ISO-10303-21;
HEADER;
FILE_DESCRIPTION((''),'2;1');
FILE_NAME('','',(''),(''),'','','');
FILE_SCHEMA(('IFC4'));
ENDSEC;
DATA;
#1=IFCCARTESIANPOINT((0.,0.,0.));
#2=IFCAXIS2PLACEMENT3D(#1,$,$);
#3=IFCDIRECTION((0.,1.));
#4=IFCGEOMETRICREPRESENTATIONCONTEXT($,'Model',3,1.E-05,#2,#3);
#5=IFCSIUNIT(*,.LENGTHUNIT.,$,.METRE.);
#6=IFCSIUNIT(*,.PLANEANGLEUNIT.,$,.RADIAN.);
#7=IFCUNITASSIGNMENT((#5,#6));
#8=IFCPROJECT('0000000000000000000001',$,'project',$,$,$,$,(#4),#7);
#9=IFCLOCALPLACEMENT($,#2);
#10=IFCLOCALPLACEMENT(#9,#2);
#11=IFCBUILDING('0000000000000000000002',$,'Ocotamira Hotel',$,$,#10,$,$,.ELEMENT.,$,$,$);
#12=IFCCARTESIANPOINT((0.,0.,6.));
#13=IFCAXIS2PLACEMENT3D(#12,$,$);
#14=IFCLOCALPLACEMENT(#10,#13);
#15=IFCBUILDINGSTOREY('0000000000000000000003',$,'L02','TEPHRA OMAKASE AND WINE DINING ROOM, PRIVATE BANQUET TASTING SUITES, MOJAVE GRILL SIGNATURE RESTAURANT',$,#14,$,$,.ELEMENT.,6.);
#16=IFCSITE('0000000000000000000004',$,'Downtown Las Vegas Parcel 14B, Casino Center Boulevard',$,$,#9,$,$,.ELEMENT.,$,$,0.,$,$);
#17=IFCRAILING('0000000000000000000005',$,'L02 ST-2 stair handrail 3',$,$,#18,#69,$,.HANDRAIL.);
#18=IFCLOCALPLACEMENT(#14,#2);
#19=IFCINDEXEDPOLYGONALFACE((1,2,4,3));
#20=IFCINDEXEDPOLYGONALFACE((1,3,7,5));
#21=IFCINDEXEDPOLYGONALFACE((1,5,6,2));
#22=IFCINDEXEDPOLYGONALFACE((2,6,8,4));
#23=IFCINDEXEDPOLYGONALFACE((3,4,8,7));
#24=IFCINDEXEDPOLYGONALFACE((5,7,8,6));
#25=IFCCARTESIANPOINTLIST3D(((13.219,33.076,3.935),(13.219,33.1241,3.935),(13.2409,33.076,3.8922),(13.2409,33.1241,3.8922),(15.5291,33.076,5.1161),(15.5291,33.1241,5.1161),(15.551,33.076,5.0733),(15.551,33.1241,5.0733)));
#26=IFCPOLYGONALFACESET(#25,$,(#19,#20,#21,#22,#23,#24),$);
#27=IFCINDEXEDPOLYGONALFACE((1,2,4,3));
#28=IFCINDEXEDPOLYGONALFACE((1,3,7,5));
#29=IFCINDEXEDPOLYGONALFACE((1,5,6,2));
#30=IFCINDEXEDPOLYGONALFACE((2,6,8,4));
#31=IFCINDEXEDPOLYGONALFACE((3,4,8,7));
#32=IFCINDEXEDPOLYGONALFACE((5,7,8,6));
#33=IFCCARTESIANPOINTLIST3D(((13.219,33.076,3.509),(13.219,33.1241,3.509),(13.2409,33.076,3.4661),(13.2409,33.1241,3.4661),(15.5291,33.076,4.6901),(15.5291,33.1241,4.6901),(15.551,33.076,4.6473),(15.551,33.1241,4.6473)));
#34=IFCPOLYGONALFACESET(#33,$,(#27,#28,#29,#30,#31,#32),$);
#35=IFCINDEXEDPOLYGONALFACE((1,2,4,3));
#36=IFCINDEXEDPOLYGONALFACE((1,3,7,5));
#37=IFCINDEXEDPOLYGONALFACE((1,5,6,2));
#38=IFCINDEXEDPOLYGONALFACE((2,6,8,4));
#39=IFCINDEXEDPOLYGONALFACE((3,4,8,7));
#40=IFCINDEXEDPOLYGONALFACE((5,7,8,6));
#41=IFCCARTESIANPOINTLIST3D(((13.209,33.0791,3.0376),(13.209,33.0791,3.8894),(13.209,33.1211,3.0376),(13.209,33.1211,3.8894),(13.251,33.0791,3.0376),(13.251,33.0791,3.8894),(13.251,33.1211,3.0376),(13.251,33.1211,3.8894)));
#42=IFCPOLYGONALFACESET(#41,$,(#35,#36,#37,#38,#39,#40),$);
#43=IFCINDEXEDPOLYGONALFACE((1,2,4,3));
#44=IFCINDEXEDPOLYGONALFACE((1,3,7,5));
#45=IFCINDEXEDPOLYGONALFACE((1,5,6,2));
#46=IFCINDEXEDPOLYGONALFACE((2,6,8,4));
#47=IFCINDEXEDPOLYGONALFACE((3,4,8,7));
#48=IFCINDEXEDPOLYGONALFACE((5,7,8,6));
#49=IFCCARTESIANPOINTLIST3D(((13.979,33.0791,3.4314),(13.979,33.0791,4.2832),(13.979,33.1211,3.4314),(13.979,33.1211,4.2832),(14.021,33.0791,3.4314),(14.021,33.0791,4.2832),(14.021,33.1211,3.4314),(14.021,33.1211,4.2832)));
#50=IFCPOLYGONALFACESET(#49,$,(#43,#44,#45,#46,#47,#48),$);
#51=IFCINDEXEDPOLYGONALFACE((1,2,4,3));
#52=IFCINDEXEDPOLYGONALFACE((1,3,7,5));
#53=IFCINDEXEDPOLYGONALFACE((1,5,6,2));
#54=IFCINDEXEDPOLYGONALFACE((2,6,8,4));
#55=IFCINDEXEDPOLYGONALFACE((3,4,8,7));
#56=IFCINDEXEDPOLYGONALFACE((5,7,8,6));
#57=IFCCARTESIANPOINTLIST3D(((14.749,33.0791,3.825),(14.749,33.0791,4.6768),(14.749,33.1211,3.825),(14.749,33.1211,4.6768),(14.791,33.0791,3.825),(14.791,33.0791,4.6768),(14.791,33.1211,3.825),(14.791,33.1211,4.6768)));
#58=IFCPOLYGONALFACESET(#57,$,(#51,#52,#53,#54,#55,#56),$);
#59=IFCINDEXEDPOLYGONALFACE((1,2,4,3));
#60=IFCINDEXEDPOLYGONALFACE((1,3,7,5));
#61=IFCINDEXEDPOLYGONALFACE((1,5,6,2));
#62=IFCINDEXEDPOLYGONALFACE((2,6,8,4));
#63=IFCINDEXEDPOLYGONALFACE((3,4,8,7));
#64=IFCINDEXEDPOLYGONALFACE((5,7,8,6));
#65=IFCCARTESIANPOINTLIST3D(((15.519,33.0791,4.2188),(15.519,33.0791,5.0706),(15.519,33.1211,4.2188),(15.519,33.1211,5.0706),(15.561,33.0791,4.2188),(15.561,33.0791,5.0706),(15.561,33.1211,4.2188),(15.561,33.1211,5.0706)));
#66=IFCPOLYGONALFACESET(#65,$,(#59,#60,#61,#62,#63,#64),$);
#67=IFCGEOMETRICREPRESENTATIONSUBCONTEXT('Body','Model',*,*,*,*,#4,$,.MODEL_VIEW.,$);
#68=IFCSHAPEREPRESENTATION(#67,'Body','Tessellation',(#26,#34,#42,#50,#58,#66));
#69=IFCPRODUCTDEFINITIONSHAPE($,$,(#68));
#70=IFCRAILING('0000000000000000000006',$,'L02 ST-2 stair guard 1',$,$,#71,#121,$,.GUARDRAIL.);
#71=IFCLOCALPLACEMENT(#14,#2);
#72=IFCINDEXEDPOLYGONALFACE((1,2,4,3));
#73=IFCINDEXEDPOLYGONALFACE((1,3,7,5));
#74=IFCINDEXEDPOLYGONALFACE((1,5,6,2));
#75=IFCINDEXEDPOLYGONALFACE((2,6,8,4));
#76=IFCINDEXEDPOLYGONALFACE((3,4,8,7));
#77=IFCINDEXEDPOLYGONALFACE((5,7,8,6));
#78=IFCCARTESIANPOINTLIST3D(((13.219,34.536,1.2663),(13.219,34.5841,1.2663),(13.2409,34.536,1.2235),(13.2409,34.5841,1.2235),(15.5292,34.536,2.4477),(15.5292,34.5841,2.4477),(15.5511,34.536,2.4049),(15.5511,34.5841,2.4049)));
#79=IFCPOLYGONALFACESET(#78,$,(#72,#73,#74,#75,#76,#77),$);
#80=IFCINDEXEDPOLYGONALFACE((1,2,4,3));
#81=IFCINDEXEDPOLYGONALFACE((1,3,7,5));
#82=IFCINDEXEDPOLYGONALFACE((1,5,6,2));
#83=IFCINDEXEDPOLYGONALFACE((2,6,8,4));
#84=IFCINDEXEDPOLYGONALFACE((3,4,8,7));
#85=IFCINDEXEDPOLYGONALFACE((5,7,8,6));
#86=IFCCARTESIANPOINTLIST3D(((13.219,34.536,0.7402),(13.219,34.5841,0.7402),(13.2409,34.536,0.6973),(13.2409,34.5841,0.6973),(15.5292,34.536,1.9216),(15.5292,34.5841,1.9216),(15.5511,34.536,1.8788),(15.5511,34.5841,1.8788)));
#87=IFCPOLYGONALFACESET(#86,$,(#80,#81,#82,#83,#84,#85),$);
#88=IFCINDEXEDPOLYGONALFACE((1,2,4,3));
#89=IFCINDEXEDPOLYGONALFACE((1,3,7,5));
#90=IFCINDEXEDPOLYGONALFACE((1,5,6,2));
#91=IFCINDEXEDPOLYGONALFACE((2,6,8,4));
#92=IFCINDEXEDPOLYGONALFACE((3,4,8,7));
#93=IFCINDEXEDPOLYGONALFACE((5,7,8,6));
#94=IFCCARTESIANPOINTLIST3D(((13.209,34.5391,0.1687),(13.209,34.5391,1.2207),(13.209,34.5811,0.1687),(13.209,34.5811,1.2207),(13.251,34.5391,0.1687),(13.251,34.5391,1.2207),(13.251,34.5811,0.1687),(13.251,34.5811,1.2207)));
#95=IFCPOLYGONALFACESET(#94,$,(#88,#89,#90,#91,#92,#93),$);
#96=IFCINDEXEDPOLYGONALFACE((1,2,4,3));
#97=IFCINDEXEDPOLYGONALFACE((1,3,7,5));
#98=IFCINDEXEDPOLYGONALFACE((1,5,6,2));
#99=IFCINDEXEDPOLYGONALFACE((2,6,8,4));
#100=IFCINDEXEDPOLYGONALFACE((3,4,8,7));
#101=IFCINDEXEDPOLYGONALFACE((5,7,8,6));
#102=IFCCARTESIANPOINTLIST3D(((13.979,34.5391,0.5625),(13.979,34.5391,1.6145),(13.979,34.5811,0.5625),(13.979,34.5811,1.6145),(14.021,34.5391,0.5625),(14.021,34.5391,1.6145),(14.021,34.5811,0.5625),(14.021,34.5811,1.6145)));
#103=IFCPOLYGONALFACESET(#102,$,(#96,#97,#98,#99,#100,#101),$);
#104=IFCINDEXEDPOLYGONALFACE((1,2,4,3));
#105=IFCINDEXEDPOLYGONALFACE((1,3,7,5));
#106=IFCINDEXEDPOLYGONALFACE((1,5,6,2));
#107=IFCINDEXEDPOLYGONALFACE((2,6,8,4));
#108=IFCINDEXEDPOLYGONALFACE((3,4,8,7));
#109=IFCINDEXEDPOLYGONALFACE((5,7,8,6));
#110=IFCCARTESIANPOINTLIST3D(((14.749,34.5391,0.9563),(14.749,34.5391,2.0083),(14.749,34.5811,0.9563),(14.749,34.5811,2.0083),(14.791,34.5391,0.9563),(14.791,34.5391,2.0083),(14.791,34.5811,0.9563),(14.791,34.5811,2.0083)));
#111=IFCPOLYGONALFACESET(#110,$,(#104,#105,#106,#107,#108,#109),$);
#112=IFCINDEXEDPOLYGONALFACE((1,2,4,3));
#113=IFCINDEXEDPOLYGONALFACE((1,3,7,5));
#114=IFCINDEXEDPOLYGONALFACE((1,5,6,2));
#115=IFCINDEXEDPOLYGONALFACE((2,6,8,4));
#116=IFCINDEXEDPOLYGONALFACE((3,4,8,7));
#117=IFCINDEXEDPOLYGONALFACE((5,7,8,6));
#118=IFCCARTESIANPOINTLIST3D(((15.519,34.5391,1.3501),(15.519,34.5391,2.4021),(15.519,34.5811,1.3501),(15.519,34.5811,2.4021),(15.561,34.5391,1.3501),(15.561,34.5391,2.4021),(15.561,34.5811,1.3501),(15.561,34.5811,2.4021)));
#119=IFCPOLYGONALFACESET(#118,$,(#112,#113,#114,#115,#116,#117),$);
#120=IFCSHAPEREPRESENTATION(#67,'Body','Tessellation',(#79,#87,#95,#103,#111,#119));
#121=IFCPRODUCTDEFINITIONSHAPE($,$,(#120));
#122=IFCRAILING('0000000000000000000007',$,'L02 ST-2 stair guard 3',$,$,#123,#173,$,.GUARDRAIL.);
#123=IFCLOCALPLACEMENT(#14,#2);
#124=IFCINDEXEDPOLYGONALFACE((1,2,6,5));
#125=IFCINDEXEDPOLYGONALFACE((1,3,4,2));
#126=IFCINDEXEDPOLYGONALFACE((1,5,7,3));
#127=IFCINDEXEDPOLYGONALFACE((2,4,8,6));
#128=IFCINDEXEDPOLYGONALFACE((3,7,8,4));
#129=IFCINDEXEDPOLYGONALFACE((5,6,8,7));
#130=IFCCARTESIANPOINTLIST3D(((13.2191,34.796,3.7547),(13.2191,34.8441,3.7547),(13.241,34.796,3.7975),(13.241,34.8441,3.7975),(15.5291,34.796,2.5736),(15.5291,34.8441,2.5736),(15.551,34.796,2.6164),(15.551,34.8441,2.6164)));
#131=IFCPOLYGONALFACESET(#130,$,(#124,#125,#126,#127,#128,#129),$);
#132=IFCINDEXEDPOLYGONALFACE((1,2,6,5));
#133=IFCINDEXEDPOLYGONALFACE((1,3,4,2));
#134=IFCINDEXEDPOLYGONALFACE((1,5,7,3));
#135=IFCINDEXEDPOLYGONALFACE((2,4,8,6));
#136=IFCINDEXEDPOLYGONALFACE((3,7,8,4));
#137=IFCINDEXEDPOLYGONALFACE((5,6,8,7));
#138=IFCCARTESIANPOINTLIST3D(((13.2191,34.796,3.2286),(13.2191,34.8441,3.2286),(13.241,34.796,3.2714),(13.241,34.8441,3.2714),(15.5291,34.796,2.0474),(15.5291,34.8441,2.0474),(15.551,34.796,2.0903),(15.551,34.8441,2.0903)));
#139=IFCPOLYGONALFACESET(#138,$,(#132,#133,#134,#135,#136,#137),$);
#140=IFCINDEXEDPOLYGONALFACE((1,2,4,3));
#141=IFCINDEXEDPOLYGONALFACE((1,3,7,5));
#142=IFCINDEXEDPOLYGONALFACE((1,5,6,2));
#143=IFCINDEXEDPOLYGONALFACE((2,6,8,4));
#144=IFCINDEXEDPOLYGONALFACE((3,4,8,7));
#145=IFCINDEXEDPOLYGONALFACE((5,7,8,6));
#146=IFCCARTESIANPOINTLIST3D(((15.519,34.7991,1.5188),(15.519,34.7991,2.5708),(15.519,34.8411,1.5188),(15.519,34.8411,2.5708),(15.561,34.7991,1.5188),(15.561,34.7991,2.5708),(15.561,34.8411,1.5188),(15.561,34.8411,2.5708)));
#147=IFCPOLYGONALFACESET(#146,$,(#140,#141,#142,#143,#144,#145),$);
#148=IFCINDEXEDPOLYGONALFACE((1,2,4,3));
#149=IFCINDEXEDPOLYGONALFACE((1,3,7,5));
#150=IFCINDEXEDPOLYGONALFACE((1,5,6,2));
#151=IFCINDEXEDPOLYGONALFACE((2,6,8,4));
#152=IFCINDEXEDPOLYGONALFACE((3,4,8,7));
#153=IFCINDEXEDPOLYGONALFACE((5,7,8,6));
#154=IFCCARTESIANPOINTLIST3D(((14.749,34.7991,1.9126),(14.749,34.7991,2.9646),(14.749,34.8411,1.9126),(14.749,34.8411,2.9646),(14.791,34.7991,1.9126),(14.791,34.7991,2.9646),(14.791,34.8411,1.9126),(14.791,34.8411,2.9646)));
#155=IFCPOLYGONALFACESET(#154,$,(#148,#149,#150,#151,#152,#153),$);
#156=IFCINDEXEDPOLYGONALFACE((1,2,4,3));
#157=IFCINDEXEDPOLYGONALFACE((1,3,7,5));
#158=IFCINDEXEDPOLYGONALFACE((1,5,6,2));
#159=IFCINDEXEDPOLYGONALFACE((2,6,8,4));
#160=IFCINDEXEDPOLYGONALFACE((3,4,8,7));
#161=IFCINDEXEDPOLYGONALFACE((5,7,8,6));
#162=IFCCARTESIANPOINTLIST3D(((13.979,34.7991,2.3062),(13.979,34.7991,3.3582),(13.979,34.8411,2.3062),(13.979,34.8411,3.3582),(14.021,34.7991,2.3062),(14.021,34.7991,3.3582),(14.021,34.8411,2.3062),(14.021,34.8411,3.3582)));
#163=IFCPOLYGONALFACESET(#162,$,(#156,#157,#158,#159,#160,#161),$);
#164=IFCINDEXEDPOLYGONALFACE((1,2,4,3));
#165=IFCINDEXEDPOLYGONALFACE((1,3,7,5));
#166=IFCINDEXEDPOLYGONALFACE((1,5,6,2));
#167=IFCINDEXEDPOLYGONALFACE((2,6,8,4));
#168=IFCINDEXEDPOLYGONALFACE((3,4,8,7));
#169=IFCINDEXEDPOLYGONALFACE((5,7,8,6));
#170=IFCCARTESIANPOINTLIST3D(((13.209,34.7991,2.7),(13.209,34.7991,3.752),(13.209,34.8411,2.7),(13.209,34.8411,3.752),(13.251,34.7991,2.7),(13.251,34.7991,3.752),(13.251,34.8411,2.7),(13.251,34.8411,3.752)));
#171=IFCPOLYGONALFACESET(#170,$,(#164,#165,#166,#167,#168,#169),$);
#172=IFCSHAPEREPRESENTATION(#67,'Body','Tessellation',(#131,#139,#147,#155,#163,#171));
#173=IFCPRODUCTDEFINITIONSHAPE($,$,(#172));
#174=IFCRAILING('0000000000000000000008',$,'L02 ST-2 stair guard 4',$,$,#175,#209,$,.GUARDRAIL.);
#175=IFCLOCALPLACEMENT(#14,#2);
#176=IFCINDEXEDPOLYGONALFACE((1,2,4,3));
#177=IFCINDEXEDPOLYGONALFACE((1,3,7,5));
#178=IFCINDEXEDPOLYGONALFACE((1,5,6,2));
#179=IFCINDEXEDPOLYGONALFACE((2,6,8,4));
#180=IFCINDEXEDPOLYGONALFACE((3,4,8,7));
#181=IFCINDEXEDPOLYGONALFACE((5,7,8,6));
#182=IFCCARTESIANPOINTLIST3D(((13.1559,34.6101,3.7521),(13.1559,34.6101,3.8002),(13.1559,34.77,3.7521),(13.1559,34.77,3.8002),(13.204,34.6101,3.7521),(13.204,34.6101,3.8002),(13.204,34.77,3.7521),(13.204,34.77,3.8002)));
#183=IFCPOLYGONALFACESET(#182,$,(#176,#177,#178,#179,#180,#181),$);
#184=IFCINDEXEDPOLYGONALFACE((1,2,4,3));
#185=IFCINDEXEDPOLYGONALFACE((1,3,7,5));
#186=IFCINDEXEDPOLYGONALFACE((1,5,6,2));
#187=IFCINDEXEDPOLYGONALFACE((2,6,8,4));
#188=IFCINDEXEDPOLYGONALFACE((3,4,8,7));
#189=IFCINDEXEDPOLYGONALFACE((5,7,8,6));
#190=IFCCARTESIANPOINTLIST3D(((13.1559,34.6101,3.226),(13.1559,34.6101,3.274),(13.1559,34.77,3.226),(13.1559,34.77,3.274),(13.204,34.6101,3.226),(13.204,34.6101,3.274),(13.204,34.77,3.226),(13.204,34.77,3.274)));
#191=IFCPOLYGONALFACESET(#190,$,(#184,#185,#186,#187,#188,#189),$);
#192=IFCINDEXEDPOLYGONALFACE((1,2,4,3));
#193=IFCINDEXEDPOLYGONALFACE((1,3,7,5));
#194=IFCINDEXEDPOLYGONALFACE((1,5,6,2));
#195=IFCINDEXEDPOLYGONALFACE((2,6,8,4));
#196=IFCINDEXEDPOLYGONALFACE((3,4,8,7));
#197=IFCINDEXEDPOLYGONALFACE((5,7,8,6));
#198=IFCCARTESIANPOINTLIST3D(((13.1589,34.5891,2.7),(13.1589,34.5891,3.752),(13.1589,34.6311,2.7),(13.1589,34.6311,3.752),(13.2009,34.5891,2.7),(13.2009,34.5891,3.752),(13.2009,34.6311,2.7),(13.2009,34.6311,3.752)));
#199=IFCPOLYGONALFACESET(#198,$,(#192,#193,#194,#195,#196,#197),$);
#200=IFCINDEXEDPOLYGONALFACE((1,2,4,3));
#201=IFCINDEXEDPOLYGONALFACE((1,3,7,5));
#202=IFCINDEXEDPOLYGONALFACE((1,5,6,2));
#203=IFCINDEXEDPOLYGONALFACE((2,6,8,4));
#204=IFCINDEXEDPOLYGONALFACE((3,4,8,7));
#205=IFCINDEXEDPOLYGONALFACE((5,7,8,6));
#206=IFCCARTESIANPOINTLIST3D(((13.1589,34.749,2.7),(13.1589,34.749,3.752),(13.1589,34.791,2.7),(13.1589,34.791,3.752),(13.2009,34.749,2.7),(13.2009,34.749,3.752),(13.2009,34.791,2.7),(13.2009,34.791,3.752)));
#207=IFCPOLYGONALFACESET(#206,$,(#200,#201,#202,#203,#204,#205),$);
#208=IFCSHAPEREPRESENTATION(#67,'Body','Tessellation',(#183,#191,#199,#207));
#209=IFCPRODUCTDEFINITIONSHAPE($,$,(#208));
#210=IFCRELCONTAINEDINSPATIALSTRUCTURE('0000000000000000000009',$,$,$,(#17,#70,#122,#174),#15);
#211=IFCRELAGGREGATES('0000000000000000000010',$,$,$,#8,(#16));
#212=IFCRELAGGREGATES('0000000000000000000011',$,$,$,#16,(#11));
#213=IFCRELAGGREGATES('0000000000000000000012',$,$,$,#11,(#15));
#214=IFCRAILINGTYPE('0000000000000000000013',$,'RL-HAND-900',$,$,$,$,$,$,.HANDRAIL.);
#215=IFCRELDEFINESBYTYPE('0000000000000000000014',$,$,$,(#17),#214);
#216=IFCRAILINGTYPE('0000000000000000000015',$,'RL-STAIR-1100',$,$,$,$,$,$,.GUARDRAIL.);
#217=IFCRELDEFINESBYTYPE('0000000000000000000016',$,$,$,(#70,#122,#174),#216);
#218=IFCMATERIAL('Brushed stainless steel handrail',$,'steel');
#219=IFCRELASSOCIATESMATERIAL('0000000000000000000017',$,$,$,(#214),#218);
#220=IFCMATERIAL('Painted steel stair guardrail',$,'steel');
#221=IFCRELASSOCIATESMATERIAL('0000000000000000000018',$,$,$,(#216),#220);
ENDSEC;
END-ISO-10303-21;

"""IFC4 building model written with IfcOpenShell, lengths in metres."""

from ifc_helpers import new_model, si_unit, direction, frame, origin, origin_2d, place, context, subcontext, project, spatial, rectangle, extrude, material, type_object, element, save


model = new_model("IFC4")

# Units and contexts
model_context = context("Model", 3, precision=1e-05, world=origin(), true_north=direction((0.0, 1.0)))
body_context = subcontext(model_context, "Body", "Model", "MODEL_VIEW")
ifc_project = project(units=[si_unit("LENGTHUNIT", "METRE"), si_unit("PLANEANGLEUNIT", "RADIAN")], contexts=[model_context])

# Site, building, storey
site_placement = place(None, origin())
site = spatial("IfcSite", under=ifc_project, at=site_placement, Name="Downtown Las Vegas Parcel 14B, Casino Center Boulevard", CompositionType="ELEMENT", RefElevation=0.0)
building_placement = place(site_placement, origin())
building = spatial("IfcBuilding", under=site, at=building_placement, Name="Ocotamira Hotel", CompositionType="ELEMENT")
storey_placement = place(building_placement, frame((0.0, 0.0, 6.0)))
storey = spatial("IfcBuildingStorey", under=building, at=storey_placement, Name="L02", Description="TEPHRA OMAKASE AND WINE DINING ROOM, PRIVATE BANQUET TASTING SUITES, MOJAVE GRILL SIGNATURE RESTAURANT", CompositionType="ELEMENT", Elevation=6.0)

# Railings
ifc_material_1 = material(Name="Brushed stainless steel handrail", Category="steel")
railing_type_1 = type_object("IfcRailingType", Name="RL-HAND-900", PredefinedType="HANDRAIL", material=ifc_material_1)
railing_1_placement = place(storey_placement, frame((13.23, 33.1001, 3.0376)))
element("IfcRailing", 1, at=railing_1_placement, inside=storey, type_object=railing_type_1, Name="L02 ST-2 stair handrail 3", PredefinedType="HANDRAIL", context=body_context, shape_type="SweptSolid", body=[
    extrude(rectangle(XDim=0.0481, YDim=0.0481, at=origin_2d()), frame((0.0, 0.0, 0.876), z_axis=(0.890363, 0.0, 0.45525), x_axis=(0.0, 1.0, 0.0)), (0.0, 0.0, 1.0), 2.5945),
    extrude(rectangle(XDim=0.0481, YDim=0.0481, at=origin_2d()), frame((0.0, 0.0, 0.45), z_axis=(0.890363, 0.0, 0.45525), x_axis=(0.0, 1.0, 0.0)), (0.0, 0.0, 1.0), 2.5945),
    extrude(rectangle(XDim=0.042, YDim=0.042, at=origin_2d()), origin(), (0.0, 0.0, 1.0), 0.8518),
    extrude(rectangle(XDim=0.042, YDim=0.042, at=origin_2d()), frame((0.77, 0.0, 0.3938)), (0.0, 0.0, 1.0), 0.8518),
    extrude(rectangle(XDim=0.042, YDim=0.042, at=origin_2d()), frame((1.54, 0.0, 0.7874)), (0.0, 0.0, 1.0), 0.8518),
    extrude(rectangle(XDim=0.042, YDim=0.042, at=origin_2d()), frame((2.3101, 0.0, 1.1812)), (0.0, 0.0, 1.0), 0.8518),
])
ifc_material_2 = material(Name="Painted steel stair guardrail", Category="steel")
railing_type_2 = type_object("IfcRailingType", Name="RL-STAIR-1100", PredefinedType="GUARDRAIL", material=ifc_material_2)
railing_2_placement = place(storey_placement, frame((13.23, 34.5601, 0.1687)))
element("IfcRailing", 2, at=railing_2_placement, inside=storey, type_object=railing_type_2, Name="L02 ST-2 stair guard 1", PredefinedType="GUARDRAIL", context=body_context, shape_type="SweptSolid", body=[
    extrude(rectangle(XDim=0.0481, YDim=0.0481, at=origin_2d()), frame((0.0, 0.0, 1.0762), z_axis=(0.890325, 0.0, 0.455325), x_axis=(0.0, 1.0, 0.0)), (0.0, 0.0, 1.0), 2.5947),
    extrude(rectangle(XDim=0.0481, YDim=0.0481, at=origin_2d()), frame((0.0, 0.0, 0.55), z_axis=(0.890325, 0.0, 0.455325), x_axis=(0.0, 1.0, 0.0)), (0.0, 0.0, 1.0), 2.5947),
    extrude(rectangle(XDim=0.042, YDim=0.042, at=origin_2d()), origin(), (0.0, 0.0, 1.0), 1.052),
    extrude(rectangle(XDim=0.042, YDim=0.042, at=origin_2d()), frame((0.77, 0.0, 0.3938)), (0.0, 0.0, 1.0), 1.052),
    extrude(rectangle(XDim=0.042, YDim=0.042, at=origin_2d()), frame((1.54, 0.0, 0.7876)), (0.0, 0.0, 1.0), 1.052),
    extrude(rectangle(XDim=0.042, YDim=0.042, at=origin_2d()), frame((2.3101, 0.0, 1.1814)), (0.0, 0.0, 1.0), 1.052),
])
railing_3_placement = place(storey_placement, frame((15.54, 34.8201, 1.5188)))
element("IfcRailing", 3, at=railing_3_placement, inside=storey, type_object=railing_type_2, Name="L02 ST-2 stair guard 3", PredefinedType="GUARDRAIL", context=body_context, shape_type="SweptSolid", body=[
    extrude(rectangle(XDim=0.0481, YDim=0.0481, at=origin_2d()), frame((0.0, 0.0, 1.0762), z_axis=(-0.890363, 0.0, 0.45525), x_axis=(0.0, -1.0, 0.0)), (0.0, 0.0, 1.0), 2.5945),
    extrude(rectangle(XDim=0.0481, YDim=0.0481, at=origin_2d()), frame((0.0, 0.0, 0.55), z_axis=(-0.890363, 0.0, 0.45525), x_axis=(0.0, -1.0, 0.0)), (0.0, 0.0, 1.0), 2.5945),
    extrude(rectangle(XDim=0.042, YDim=0.042, at=origin_2d()), origin(), (0.0, 0.0, 1.0), 1.052),
    extrude(rectangle(XDim=0.042, YDim=0.042, at=origin_2d()), frame((-0.77, 0.0, 0.3938)), (0.0, 0.0, 1.0), 1.052),
    extrude(rectangle(XDim=0.042, YDim=0.042, at=origin_2d()), frame((-1.54, 0.0, 0.7874)), (0.0, 0.0, 1.0), 1.052),
    extrude(rectangle(XDim=0.042, YDim=0.042, at=origin_2d()), frame((-2.3101, 0.0, 1.1812)), (0.0, 0.0, 1.0), 1.052),
])
railing_4_placement = place(storey_placement, frame((13.1799, 34.6101, 2.7)))
element("IfcRailing", 4, at=railing_4_placement, inside=storey, type_object=railing_type_2, Name="L02 ST-2 stair guard 4", PredefinedType="GUARDRAIL", context=body_context, shape_type="SweptSolid", body=[
    extrude(rectangle(XDim=0.0481, YDim=0.0481, at=origin_2d()), frame((0.0, 0.0, 1.0762), z_axis=(0.0, 1.0, 0.0), x_axis=(-1.0, 0.0, 0.0)), (0.0, 0.0, 1.0), 0.1599),
    extrude(rectangle(XDim=0.0481, YDim=0.0481, at=origin_2d()), frame((0.0, 0.0, 0.55), z_axis=(0.0, 1.0, 0.0), x_axis=(-1.0, 0.0, 0.0)), (0.0, 0.0, 1.0), 0.1599),
    extrude(rectangle(XDim=0.042, YDim=0.042, at=origin_2d()), origin(), (0.0, 0.0, 1.0), 1.052),
    extrude(rectangle(XDim=0.042, YDim=0.042, at=origin_2d()), frame((0.0, 0.1599, 0.0)), (0.0, 0.0, 1.0), 1.052),
])

save(model, "model.ifc")
